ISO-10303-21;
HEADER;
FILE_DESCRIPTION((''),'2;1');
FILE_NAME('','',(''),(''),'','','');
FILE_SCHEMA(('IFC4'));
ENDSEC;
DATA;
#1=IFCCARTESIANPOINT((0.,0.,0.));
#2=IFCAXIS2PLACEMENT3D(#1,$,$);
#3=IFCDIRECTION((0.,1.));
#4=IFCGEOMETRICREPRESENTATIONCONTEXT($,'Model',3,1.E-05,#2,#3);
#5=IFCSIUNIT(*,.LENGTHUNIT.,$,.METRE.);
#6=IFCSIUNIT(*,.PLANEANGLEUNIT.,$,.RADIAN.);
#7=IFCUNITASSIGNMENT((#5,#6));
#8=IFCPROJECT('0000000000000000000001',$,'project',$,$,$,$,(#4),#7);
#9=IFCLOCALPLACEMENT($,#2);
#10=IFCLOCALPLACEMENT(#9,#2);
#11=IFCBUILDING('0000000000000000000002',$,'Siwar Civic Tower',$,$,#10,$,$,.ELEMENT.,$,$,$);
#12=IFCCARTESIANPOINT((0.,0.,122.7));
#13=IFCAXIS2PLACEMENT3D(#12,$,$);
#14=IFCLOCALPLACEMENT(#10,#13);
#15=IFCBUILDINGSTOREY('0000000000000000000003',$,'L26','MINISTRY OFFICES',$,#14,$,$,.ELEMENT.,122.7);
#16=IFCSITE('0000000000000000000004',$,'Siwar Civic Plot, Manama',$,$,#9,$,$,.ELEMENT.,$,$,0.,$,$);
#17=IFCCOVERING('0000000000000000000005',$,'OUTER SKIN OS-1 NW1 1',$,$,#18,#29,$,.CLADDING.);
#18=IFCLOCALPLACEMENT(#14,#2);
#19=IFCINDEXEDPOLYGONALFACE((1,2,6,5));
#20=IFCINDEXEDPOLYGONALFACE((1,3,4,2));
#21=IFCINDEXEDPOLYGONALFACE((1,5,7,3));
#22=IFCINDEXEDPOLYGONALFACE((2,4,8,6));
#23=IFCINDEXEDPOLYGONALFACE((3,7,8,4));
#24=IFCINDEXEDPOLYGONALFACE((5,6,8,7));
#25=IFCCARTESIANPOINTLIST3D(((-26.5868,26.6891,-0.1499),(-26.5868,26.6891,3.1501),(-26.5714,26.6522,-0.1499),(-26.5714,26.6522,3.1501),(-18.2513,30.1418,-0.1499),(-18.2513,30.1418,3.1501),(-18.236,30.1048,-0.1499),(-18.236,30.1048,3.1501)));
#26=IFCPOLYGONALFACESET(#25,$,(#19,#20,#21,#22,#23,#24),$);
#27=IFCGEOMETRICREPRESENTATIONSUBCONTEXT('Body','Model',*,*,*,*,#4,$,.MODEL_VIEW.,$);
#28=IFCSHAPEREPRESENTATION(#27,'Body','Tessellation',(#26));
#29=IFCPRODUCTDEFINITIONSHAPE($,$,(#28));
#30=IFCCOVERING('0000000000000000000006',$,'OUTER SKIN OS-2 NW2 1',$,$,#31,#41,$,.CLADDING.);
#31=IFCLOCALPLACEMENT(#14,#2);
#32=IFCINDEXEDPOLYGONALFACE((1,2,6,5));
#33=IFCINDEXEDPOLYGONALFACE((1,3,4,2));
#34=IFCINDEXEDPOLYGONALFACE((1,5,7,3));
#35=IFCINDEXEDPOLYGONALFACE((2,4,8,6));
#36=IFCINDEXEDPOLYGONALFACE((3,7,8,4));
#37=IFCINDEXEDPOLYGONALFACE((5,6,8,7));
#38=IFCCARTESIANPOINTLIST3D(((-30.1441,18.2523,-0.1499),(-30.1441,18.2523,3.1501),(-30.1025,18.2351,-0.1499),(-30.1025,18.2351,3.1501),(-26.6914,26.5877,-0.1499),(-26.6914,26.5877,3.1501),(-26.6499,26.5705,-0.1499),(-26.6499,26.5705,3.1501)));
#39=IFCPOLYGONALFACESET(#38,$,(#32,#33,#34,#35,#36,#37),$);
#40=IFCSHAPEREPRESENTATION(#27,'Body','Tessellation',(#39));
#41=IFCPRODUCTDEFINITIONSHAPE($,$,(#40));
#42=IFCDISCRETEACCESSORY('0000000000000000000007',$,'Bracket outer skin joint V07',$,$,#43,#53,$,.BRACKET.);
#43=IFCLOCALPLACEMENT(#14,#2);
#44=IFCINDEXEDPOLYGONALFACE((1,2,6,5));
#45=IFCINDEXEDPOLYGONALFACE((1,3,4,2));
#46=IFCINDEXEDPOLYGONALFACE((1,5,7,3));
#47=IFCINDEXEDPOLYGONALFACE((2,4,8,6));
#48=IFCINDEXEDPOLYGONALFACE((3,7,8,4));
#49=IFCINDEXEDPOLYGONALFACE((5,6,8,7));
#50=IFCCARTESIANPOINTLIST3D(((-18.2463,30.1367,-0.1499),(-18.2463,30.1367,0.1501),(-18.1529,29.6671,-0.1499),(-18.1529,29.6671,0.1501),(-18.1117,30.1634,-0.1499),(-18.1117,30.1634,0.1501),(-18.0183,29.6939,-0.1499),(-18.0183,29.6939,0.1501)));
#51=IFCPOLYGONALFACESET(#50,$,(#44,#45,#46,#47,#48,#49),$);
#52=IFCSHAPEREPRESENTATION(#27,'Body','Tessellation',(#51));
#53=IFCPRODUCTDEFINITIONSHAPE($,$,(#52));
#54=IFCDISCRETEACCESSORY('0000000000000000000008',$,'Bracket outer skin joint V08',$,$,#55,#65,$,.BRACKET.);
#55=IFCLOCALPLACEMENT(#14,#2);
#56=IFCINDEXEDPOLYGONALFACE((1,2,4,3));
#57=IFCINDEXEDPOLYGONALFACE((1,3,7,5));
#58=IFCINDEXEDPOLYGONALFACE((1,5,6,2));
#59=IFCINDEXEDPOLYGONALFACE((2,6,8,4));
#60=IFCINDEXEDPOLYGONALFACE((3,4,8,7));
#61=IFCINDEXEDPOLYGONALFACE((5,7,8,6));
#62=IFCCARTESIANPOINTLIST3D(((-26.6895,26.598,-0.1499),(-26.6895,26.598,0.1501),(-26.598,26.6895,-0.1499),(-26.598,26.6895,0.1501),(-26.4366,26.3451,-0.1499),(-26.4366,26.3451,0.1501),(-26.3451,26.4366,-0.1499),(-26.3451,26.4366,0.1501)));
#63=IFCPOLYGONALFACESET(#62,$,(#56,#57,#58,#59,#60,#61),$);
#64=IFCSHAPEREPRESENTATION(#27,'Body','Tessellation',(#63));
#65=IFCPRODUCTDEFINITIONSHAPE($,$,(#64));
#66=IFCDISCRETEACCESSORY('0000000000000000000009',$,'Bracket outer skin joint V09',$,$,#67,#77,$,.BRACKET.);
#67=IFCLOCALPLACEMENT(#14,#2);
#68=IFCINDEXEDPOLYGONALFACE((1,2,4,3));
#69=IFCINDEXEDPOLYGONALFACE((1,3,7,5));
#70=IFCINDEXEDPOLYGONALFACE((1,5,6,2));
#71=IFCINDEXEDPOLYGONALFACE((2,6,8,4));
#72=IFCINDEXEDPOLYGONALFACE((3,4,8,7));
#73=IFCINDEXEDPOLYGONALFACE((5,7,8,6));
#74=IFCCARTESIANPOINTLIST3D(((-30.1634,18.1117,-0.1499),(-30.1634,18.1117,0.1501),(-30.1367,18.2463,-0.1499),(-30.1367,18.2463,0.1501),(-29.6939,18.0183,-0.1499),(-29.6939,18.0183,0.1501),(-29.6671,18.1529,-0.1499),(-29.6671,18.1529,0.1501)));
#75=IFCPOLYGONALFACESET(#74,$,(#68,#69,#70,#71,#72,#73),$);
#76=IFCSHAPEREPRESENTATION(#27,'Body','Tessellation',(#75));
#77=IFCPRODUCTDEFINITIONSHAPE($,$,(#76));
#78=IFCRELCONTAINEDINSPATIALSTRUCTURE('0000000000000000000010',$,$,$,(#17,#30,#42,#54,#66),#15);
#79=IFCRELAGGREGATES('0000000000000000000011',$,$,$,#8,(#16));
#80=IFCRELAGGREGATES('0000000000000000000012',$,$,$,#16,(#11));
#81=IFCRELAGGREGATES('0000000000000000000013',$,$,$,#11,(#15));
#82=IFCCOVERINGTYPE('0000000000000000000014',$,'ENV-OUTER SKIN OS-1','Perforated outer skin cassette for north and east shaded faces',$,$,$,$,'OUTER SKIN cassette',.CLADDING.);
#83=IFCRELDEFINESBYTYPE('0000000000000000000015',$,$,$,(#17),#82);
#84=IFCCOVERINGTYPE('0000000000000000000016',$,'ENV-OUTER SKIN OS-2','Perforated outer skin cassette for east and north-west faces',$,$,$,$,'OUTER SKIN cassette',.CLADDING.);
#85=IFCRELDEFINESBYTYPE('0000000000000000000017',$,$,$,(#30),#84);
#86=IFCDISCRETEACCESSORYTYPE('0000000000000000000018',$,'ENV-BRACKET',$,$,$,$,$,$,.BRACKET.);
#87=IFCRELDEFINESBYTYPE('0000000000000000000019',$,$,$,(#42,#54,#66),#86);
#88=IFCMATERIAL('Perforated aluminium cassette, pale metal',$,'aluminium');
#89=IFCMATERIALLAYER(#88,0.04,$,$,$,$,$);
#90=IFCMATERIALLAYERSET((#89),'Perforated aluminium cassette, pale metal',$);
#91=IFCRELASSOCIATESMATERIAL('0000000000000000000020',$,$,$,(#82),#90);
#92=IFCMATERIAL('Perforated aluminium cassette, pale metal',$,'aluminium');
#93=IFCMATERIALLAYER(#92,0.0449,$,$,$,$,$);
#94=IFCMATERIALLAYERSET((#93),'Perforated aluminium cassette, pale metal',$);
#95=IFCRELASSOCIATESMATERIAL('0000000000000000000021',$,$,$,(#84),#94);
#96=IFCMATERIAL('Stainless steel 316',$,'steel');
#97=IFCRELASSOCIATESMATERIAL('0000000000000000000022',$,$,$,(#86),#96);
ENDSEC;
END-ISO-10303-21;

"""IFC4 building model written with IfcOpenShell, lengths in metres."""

from ifc_helpers import new_model, si_unit, direction, frame, origin, origin_2d, place, context, subcontext, project, spatial, rectangle, extrude, material, layer, layer_set, type_object, element, save


model = new_model("IFC4")

# Units and contexts
model_context = context("Model", 3, precision=1e-05, world=origin(), true_north=direction((0.0, 1.0)))
body_context = subcontext(model_context, "Body", "Model", "MODEL_VIEW")
ifc_project = project(units=[si_unit("LENGTHUNIT", "METRE"), si_unit("PLANEANGLEUNIT", "RADIAN")], contexts=[model_context])

# Site, building, storey
site_placement = place(None, origin())
site = spatial("IfcSite", under=ifc_project, at=site_placement, Name="Siwar Civic Plot, Manama", CompositionType="ELEMENT", RefElevation=0.0)
building_placement = place(site_placement, origin())
building = spatial("IfcBuilding", under=site, at=building_placement, Name="Siwar Civic Tower", CompositionType="ELEMENT")
storey_placement = place(building_placement, frame((0.0, 0.0, 122.7)))
storey = spatial("IfcBuildingStorey", under=building, at=storey_placement, Name="L26", Description="MINISTRY OFFICES", CompositionType="ELEMENT", Elevation=122.7)

# Coverings
ifc_material_1 = material(Name="Perforated aluminium cassette, pale metal", Category="aluminium")
ifc_layer_1 = layer(ifc_material_1, 0.04)
ifc_layer_set_1 = layer_set([ifc_layer_1], Name="Perforated aluminium cassette, pale metal")
covering_type_1 = type_object("IfcCoveringType", Name="ENV-OUTER SKIN OS-1", Description="Perforated outer skin cassette for north and east shaded faces", ElementType="OUTER SKIN cassette", PredefinedType="CLADDING", material=ifc_layer_set_1)
covering_1_placement = place(storey_placement, frame((-22.4114, 28.397, -0.1499), z_axis=(0.0, 0.0, 1.0), x_axis=(-0.92388, -0.382683, 0.0)))
element("IfcCovering", 1, at=covering_1_placement, inside=storey, type_object=covering_type_1, Name="OUTER SKIN OS-1 NW1 1", PredefinedType="CLADDING", context=body_context, shape_type="SweptSolid", body=[
    extrude(rectangle(XDim=9.0222, YDim=0.04, at=origin_2d()), origin(), (0.0, 0.0, 1.0), 3.3),
])
ifc_material_2 = material(Name="Perforated aluminium cassette, pale metal", Category="aluminium")
ifc_layer_2 = layer(ifc_material_2, 0.0449)
ifc_layer_set_2 = layer_set([ifc_layer_2], Name="Perforated aluminium cassette, pale metal")
covering_type_2 = type_object("IfcCoveringType", Name="ENV-OUTER SKIN OS-2", Description="Perforated outer skin cassette for east and north-west faces", ElementType="OUTER SKIN cassette", PredefinedType="CLADDING", material=ifc_layer_set_2)
covering_2_placement = place(storey_placement, frame((-28.397, 22.4114, -0.1499), z_axis=(0.0, 0.0, 1.0), x_axis=(-0.382683, -0.92388, 0.0)))
element("IfcCovering", 2, at=covering_2_placement, inside=storey, type_object=covering_type_2, Name="OUTER SKIN OS-2 NW2 1", PredefinedType="CLADDING", context=body_context, shape_type="SweptSolid", body=[
    extrude(rectangle(XDim=9.0222, YDim=0.0449, at=origin_2d()), origin(), (0.0, 0.0, 1.0), 3.3),
])

# Discrete accessories
ifc_material_3 = material(Name="Stainless steel 316", Category="steel")
discrete_accessory_type = type_object("IfcDiscreteAccessoryType", Name="ENV-BRACKET", PredefinedType="BRACKET", material=ifc_material_3)
discrete_accessory_1_placement = place(storey_placement, frame((-18.1323, 29.9153, -0.1499), z_axis=(0.0, 0.0, 1.0), x_axis=(-0.19509, 0.980785, 0.0)))
element("IfcDiscreteAccessory", 3, at=discrete_accessory_1_placement, inside=storey, type_object=discrete_accessory_type, Name="Bracket outer skin joint V07", PredefinedType="BRACKET", context=body_context, shape_type="SweptSolid", body=[
    extrude(rectangle(XDim=0.4788, YDim=0.1372, at=origin_2d()), origin(), (0.0, 0.0, 1.0), 0.3),
])
discrete_accessory_2_placement = place(storey_placement, frame((-26.5173, 26.5173, -0.1499), z_axis=(0.0, 0.0, 1.0), x_axis=(-0.707107, 0.707107, 0.0)))
element("IfcDiscreteAccessory", 4, at=discrete_accessory_2_placement, inside=storey, type_object=discrete_accessory_type, Name="Bracket outer skin joint V08", PredefinedType="BRACKET", context=body_context, shape_type="SweptSolid", body=[
    extrude(rectangle(XDim=0.3577, YDim=0.1294, at=origin_2d()), origin(), (0.0, 0.0, 1.0), 0.3),
])
discrete_accessory_3_placement = place(storey_placement, frame((-29.9153, 18.1323, -0.1499), z_axis=(0.0, 0.0, 1.0), x_axis=(-0.980785, 0.19509, 0.0)))
element("IfcDiscreteAccessory", 5, at=discrete_accessory_3_placement, inside=storey, type_object=discrete_accessory_type, Name="Bracket outer skin joint V09", PredefinedType="BRACKET", context=body_context, shape_type="SweptSolid", body=[
    extrude(rectangle(XDim=0.4788, YDim=0.1372, at=origin_2d()), origin(), (0.0, 0.0, 1.0), 0.3),
])

save(model, "model.ifc")
